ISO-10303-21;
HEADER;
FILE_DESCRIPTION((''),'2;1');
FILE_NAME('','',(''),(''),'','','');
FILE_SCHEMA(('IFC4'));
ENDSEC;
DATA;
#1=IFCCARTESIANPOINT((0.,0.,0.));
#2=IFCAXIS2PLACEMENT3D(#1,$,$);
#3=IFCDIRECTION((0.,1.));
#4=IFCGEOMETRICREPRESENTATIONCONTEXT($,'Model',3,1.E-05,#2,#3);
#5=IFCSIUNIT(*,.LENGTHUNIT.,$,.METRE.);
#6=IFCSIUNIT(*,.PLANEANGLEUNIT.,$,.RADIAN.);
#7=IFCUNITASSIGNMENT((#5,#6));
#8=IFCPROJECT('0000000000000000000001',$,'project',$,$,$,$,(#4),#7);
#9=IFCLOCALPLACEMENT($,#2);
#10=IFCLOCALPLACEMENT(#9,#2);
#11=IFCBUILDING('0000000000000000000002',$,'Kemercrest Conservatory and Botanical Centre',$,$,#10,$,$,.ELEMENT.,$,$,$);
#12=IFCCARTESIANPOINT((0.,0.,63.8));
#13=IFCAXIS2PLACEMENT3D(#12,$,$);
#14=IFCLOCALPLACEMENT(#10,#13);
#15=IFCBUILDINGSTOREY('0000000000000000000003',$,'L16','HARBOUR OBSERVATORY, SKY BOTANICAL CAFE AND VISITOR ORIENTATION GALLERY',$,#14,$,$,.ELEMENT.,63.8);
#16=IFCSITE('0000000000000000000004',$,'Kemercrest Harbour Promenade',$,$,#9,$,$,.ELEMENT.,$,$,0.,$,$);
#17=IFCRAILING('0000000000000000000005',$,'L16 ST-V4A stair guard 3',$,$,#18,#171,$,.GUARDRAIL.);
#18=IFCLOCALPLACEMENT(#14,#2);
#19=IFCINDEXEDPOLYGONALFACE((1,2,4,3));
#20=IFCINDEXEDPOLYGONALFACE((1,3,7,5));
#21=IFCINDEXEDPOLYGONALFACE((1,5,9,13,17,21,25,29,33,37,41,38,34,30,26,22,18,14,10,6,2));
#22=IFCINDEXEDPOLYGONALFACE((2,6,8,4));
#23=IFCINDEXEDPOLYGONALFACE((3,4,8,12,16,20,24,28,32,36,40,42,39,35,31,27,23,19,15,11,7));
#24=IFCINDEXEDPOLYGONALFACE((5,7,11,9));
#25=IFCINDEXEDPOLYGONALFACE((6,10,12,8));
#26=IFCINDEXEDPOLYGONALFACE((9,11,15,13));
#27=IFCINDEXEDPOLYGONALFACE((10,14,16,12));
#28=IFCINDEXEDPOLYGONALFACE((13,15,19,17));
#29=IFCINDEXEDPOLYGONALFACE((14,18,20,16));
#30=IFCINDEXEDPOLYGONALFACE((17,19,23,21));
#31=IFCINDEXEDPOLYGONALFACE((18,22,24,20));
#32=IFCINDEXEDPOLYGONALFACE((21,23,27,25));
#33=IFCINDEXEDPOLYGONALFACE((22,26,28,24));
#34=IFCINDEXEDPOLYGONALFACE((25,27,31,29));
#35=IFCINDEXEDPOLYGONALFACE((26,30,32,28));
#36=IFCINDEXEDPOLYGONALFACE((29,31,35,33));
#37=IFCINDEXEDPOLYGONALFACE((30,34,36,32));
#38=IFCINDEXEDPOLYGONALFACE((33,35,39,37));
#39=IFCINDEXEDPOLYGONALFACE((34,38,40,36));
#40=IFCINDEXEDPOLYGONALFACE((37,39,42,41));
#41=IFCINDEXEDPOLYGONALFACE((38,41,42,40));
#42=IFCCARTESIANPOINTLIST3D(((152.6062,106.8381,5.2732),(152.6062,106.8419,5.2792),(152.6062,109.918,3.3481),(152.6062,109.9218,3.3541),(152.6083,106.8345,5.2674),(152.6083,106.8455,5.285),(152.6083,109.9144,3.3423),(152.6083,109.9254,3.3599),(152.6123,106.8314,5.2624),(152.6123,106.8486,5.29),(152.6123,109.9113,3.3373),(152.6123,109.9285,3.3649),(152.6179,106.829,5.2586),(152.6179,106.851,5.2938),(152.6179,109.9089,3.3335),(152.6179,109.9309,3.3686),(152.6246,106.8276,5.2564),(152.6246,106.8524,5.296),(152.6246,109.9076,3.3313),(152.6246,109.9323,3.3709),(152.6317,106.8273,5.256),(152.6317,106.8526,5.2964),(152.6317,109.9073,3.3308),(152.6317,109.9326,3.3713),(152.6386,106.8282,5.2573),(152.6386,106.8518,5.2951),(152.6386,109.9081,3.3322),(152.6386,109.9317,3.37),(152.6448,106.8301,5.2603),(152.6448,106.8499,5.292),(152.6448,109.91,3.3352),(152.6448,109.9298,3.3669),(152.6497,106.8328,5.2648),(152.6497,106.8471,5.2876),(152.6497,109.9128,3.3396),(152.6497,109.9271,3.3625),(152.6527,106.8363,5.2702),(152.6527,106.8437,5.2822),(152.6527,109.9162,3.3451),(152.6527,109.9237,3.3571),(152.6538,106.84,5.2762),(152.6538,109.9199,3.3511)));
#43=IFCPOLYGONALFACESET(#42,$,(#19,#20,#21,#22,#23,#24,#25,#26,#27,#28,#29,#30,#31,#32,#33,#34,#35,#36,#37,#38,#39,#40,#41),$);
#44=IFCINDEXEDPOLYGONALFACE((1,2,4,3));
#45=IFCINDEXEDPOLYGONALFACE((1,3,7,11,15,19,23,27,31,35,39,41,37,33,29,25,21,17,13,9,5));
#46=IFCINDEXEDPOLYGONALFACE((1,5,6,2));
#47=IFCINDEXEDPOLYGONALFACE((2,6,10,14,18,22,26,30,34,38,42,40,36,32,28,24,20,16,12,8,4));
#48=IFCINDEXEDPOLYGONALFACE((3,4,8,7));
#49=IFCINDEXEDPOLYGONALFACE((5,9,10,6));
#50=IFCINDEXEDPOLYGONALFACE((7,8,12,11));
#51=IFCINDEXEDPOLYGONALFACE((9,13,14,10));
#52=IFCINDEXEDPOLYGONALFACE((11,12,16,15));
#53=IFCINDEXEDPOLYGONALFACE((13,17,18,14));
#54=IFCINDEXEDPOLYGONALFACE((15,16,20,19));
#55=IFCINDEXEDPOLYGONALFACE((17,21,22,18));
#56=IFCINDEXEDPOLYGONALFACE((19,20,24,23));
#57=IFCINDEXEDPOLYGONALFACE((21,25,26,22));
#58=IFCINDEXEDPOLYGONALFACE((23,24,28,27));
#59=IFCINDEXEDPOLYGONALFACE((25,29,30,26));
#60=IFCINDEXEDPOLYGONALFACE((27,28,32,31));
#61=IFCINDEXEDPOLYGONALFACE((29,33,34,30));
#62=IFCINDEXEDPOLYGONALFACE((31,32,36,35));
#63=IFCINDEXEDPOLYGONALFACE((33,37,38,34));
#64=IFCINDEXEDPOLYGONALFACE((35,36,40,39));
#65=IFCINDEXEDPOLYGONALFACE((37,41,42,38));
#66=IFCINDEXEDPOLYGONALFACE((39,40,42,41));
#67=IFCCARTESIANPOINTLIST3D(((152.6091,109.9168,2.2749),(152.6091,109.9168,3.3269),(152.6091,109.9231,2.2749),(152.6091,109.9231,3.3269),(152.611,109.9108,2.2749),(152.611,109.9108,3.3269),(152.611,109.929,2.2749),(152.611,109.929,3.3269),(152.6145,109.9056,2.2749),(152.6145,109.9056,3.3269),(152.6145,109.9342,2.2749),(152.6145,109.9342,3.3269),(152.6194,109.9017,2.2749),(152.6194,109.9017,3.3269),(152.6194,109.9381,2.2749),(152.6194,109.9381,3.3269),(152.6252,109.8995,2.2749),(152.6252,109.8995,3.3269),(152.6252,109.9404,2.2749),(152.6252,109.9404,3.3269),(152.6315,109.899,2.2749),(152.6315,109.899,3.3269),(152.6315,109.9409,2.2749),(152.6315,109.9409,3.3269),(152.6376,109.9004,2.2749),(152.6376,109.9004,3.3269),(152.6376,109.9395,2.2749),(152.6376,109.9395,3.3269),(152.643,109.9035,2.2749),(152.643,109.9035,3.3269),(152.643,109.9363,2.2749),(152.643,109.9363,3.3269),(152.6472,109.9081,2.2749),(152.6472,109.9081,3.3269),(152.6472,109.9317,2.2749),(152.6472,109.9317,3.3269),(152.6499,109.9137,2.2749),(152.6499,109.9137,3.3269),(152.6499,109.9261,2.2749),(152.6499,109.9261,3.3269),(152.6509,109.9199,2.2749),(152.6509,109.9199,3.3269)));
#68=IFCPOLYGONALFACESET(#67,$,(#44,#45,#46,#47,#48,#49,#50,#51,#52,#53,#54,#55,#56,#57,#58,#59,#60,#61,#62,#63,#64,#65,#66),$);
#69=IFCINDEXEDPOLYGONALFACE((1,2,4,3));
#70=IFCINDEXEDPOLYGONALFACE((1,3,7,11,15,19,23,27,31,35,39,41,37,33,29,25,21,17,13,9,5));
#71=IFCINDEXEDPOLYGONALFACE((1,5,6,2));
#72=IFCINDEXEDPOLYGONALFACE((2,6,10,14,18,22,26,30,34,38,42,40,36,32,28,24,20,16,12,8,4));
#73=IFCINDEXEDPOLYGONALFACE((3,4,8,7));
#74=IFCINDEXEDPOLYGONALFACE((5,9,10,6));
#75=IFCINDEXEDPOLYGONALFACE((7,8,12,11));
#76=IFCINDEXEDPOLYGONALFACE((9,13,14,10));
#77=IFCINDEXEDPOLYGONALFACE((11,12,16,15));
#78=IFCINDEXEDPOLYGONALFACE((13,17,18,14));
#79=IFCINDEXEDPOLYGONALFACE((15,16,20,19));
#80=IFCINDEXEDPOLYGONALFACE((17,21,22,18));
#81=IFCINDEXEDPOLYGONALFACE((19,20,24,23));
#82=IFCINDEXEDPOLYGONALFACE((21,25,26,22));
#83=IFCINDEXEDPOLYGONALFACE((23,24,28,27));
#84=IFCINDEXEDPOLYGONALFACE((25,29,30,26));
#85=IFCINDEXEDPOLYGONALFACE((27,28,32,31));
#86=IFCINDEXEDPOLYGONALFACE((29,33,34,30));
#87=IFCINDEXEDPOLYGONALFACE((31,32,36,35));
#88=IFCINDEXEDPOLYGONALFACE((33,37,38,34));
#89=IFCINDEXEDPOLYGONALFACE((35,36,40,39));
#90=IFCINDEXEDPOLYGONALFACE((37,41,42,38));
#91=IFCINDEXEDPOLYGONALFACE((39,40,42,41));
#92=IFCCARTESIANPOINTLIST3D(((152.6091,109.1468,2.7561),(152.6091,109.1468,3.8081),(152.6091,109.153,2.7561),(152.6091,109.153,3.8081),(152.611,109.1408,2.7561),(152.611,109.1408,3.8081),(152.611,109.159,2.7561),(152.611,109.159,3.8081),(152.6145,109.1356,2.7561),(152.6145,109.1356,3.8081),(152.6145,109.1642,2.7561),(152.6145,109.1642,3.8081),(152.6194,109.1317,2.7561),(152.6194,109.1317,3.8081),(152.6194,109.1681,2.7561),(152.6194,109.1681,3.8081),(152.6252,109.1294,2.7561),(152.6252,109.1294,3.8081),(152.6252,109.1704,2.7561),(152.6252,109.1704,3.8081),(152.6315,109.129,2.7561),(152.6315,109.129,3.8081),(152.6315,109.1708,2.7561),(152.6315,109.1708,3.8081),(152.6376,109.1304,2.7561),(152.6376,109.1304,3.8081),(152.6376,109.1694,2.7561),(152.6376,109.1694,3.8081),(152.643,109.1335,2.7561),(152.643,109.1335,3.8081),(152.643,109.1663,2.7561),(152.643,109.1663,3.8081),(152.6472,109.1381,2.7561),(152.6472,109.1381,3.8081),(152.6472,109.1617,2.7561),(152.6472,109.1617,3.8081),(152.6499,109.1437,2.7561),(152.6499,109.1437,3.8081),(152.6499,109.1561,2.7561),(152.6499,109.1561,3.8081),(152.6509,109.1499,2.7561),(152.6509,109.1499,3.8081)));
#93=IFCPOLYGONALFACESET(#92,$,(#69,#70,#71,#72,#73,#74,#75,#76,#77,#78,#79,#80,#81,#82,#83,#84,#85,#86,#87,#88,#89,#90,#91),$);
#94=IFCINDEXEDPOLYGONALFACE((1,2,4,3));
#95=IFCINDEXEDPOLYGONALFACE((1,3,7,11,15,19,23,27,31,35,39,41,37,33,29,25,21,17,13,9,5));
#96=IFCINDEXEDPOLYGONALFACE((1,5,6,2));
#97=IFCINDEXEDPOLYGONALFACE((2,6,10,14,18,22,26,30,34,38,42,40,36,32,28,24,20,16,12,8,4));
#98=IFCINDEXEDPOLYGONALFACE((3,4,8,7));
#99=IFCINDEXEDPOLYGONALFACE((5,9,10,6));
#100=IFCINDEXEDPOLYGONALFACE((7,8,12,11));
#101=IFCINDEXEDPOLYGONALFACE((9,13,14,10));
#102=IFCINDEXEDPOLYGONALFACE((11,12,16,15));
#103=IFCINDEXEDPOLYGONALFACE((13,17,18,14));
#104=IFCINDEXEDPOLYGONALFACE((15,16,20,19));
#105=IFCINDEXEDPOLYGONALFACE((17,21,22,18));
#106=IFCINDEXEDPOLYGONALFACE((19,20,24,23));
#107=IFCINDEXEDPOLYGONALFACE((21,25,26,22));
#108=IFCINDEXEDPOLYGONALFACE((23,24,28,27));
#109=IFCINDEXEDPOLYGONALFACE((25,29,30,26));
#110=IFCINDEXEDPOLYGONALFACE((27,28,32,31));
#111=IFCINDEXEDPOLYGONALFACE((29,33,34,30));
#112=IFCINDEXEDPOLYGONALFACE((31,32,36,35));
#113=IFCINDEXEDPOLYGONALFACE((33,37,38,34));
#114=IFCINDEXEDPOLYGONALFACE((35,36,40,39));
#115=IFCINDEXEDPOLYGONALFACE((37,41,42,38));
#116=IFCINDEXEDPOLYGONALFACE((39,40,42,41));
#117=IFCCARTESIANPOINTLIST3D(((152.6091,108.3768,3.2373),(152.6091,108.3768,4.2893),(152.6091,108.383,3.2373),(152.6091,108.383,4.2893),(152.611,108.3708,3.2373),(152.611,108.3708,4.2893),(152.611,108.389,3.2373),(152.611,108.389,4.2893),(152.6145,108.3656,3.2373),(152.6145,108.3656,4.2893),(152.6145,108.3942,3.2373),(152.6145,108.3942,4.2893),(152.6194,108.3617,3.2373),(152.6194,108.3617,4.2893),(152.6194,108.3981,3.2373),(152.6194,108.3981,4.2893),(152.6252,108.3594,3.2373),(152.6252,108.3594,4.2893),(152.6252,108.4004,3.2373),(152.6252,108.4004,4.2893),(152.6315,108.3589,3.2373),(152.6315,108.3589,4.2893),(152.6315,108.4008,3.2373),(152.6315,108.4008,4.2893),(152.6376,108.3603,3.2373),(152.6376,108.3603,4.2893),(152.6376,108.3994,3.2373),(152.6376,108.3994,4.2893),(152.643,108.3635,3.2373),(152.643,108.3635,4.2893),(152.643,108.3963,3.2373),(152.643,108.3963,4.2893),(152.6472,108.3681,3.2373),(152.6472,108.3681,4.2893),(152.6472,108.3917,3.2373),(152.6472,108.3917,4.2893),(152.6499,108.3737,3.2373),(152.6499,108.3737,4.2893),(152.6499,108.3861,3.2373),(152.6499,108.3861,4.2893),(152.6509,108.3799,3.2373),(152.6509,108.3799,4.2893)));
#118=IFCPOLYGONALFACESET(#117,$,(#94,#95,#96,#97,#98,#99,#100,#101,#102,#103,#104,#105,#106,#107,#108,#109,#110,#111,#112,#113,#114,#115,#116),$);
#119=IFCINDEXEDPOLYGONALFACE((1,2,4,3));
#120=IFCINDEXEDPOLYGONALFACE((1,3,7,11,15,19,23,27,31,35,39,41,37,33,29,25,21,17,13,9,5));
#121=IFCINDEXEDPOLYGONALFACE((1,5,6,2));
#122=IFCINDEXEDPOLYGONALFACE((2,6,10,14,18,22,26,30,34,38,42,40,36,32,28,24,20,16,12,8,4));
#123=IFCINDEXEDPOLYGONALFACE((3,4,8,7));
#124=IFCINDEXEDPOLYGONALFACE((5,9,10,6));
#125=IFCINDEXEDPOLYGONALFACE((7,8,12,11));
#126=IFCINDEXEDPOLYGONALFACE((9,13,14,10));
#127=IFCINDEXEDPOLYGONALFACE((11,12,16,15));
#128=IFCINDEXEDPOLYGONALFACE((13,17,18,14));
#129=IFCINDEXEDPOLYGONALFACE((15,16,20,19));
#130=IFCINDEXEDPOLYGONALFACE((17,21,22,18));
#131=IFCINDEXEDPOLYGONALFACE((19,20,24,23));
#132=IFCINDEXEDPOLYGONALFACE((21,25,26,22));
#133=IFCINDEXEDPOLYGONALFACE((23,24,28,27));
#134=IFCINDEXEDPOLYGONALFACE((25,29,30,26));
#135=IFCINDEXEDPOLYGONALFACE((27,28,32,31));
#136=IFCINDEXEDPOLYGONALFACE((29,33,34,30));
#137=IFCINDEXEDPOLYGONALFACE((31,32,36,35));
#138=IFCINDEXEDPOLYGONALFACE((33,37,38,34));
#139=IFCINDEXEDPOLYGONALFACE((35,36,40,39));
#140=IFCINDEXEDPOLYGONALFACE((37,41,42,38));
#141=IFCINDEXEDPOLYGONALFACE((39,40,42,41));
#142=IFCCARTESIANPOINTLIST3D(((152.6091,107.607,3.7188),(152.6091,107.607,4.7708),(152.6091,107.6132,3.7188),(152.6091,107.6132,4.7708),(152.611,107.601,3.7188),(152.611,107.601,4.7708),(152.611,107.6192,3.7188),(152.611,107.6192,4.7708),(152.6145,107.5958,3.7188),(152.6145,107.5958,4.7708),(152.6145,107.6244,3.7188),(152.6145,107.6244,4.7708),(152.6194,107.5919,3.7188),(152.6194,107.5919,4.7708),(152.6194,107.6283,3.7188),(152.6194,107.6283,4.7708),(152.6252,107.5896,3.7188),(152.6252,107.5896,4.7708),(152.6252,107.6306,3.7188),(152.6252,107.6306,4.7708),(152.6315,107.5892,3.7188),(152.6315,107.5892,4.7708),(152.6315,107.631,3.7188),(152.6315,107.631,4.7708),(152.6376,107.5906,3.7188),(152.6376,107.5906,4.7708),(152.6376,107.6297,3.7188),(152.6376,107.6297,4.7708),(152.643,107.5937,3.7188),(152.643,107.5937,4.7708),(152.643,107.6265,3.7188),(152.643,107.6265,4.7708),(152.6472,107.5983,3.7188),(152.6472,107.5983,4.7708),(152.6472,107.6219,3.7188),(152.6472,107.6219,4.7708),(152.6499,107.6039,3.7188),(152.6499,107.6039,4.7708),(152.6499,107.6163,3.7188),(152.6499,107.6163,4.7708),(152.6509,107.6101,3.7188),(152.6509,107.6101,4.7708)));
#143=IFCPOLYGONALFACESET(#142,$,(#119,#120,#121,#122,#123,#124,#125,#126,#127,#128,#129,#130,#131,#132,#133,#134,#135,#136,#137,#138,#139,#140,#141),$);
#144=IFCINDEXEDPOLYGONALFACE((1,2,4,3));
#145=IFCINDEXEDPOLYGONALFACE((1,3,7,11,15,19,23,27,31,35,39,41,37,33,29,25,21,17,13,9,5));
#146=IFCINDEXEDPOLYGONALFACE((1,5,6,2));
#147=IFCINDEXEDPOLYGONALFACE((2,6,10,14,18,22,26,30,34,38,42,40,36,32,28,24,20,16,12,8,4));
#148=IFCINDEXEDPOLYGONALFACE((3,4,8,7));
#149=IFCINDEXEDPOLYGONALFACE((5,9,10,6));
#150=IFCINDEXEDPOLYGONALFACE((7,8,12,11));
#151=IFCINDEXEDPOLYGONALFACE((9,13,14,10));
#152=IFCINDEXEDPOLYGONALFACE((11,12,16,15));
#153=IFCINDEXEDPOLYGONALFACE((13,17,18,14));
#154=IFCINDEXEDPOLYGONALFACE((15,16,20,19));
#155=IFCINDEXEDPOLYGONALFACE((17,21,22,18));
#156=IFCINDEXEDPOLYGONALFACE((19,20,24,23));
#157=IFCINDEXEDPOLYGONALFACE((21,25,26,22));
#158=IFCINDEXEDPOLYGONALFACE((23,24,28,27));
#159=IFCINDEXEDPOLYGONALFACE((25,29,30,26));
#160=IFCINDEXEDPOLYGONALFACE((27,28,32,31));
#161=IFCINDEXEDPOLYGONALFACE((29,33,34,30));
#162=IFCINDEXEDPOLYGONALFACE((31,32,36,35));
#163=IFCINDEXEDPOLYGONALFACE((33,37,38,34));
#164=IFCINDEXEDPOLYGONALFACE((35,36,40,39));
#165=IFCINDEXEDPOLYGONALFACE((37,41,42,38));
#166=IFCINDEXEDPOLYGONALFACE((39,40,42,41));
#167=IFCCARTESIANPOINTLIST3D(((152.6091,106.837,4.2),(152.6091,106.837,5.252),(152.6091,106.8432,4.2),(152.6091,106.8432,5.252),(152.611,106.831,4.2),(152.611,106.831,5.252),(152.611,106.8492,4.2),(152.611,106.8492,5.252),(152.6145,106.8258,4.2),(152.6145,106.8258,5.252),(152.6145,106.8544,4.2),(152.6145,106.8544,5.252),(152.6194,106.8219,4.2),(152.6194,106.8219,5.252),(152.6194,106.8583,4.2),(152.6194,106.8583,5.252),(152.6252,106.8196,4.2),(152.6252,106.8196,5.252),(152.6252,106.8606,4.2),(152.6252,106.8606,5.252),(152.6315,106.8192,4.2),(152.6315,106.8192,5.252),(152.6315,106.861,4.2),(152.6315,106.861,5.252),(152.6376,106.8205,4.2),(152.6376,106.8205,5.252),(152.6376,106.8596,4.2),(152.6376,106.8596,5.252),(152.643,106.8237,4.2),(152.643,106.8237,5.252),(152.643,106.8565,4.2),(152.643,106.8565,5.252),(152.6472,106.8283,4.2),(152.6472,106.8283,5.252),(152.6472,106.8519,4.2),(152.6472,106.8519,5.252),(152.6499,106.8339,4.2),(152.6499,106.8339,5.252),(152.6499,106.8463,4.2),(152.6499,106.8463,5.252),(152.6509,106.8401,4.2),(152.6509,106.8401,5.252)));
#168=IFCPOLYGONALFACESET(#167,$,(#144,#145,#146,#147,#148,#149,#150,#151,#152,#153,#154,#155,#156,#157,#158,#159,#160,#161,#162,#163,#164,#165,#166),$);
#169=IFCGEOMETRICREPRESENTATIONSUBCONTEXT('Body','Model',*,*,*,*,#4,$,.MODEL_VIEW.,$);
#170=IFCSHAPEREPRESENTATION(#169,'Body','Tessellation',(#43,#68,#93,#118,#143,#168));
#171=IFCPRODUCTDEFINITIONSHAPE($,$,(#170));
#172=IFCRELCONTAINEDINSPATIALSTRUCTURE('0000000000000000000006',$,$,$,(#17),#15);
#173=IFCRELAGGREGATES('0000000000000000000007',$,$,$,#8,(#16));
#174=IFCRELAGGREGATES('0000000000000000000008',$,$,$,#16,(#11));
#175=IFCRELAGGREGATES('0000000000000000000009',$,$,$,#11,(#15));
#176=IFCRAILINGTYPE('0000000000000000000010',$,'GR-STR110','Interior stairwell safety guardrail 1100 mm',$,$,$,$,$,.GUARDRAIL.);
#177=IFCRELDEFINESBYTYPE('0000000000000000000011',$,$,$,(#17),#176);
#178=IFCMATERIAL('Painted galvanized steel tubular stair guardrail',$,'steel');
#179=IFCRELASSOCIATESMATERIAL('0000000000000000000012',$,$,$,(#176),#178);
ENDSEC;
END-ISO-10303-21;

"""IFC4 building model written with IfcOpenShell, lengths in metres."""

from ifc_helpers import new_model, si_unit, direction, frame, origin, origin_2d, place, context, subcontext, project, spatial, circle, extrude, material, type_object, element, save


model = new_model("IFC4")

# Units and contexts
model_context = context("Model", 3, precision=1e-05, world=origin(), true_north=direction((0.0, 1.0)))
body_context = subcontext(model_context, "Body", "Model", "MODEL_VIEW")
ifc_project = project(units=[si_unit("LENGTHUNIT", "METRE"), si_unit("PLANEANGLEUNIT", "RADIAN")], contexts=[model_context])

# Site, building, storey
site_placement = place(None, origin())
site = spatial("IfcSite", under=ifc_project, at=site_placement, Name="Kemercrest Harbour Promenade", CompositionType="ELEMENT", RefElevation=0.0)
building_placement = place(site_placement, origin())
building = spatial("IfcBuilding", under=site, at=building_placement, Name="Kemercrest Conservatory and Botanical Centre", CompositionType="ELEMENT")
storey_placement = place(building_placement, frame((0.0, 0.0, 63.8)))
storey = spatial("IfcBuildingStorey", under=building, at=storey_placement, Name="L16", Description="HARBOUR OBSERVATORY, SKY BOTANICAL CAFE AND VISITOR ORIENTATION GALLERY", CompositionType="ELEMENT", Elevation=63.8)

# Railing
ifc_material_1 = material(Name="Painted galvanized steel tubular stair guardrail", Category="steel")
railing_type_1 = type_object("IfcRailingType", Name="GR-STR110", Description="Interior stairwell safety guardrail 1100 mm", PredefinedType="GUARDRAIL", material=ifc_material_1)
railing_1_placement = place(storey_placement, frame((152.6299, 109.9199, 2.2749)))
element("IfcRailing", 1, at=railing_1_placement, inside=storey, type_object=railing_type_1, Name="L16 ST-V4A stair guard 3", PredefinedType="GUARDRAIL", context=body_context, shape_type="SweptSolid", body=[
    extrude(circle(Radius=0.0239, at=origin_2d()), frame((0.0, 0.0, 1.0762), z_axis=(0.0, -0.847979, 0.530029), x_axis=(1.0, 0.0, 0.0)), (0.0, 0.0, 1.0), 3.6321),
    extrude(circle(Radius=0.021, at=origin_2d()), origin(), (0.0, 0.0, 1.0), 1.052),
    extrude(circle(Radius=0.021, at=origin_2d()), frame((0.0, -0.77, 0.4812)), (0.0, 0.0, 1.0), 1.052),
    extrude(circle(Radius=0.021, at=origin_2d()), frame((0.0, -1.54, 0.9624)), (0.0, 0.0, 1.0), 1.052),
    extrude(circle(Radius=0.021, at=origin_2d()), frame((0.0, -2.3098, 1.4438)), (0.0, 0.0, 1.0), 1.052),
    extrude(circle(Radius=0.021, at=origin_2d()), frame((0.0, -3.0798, 1.925)), (0.0, 0.0, 1.0), 1.052),
])

save(model, "model.ifc")
